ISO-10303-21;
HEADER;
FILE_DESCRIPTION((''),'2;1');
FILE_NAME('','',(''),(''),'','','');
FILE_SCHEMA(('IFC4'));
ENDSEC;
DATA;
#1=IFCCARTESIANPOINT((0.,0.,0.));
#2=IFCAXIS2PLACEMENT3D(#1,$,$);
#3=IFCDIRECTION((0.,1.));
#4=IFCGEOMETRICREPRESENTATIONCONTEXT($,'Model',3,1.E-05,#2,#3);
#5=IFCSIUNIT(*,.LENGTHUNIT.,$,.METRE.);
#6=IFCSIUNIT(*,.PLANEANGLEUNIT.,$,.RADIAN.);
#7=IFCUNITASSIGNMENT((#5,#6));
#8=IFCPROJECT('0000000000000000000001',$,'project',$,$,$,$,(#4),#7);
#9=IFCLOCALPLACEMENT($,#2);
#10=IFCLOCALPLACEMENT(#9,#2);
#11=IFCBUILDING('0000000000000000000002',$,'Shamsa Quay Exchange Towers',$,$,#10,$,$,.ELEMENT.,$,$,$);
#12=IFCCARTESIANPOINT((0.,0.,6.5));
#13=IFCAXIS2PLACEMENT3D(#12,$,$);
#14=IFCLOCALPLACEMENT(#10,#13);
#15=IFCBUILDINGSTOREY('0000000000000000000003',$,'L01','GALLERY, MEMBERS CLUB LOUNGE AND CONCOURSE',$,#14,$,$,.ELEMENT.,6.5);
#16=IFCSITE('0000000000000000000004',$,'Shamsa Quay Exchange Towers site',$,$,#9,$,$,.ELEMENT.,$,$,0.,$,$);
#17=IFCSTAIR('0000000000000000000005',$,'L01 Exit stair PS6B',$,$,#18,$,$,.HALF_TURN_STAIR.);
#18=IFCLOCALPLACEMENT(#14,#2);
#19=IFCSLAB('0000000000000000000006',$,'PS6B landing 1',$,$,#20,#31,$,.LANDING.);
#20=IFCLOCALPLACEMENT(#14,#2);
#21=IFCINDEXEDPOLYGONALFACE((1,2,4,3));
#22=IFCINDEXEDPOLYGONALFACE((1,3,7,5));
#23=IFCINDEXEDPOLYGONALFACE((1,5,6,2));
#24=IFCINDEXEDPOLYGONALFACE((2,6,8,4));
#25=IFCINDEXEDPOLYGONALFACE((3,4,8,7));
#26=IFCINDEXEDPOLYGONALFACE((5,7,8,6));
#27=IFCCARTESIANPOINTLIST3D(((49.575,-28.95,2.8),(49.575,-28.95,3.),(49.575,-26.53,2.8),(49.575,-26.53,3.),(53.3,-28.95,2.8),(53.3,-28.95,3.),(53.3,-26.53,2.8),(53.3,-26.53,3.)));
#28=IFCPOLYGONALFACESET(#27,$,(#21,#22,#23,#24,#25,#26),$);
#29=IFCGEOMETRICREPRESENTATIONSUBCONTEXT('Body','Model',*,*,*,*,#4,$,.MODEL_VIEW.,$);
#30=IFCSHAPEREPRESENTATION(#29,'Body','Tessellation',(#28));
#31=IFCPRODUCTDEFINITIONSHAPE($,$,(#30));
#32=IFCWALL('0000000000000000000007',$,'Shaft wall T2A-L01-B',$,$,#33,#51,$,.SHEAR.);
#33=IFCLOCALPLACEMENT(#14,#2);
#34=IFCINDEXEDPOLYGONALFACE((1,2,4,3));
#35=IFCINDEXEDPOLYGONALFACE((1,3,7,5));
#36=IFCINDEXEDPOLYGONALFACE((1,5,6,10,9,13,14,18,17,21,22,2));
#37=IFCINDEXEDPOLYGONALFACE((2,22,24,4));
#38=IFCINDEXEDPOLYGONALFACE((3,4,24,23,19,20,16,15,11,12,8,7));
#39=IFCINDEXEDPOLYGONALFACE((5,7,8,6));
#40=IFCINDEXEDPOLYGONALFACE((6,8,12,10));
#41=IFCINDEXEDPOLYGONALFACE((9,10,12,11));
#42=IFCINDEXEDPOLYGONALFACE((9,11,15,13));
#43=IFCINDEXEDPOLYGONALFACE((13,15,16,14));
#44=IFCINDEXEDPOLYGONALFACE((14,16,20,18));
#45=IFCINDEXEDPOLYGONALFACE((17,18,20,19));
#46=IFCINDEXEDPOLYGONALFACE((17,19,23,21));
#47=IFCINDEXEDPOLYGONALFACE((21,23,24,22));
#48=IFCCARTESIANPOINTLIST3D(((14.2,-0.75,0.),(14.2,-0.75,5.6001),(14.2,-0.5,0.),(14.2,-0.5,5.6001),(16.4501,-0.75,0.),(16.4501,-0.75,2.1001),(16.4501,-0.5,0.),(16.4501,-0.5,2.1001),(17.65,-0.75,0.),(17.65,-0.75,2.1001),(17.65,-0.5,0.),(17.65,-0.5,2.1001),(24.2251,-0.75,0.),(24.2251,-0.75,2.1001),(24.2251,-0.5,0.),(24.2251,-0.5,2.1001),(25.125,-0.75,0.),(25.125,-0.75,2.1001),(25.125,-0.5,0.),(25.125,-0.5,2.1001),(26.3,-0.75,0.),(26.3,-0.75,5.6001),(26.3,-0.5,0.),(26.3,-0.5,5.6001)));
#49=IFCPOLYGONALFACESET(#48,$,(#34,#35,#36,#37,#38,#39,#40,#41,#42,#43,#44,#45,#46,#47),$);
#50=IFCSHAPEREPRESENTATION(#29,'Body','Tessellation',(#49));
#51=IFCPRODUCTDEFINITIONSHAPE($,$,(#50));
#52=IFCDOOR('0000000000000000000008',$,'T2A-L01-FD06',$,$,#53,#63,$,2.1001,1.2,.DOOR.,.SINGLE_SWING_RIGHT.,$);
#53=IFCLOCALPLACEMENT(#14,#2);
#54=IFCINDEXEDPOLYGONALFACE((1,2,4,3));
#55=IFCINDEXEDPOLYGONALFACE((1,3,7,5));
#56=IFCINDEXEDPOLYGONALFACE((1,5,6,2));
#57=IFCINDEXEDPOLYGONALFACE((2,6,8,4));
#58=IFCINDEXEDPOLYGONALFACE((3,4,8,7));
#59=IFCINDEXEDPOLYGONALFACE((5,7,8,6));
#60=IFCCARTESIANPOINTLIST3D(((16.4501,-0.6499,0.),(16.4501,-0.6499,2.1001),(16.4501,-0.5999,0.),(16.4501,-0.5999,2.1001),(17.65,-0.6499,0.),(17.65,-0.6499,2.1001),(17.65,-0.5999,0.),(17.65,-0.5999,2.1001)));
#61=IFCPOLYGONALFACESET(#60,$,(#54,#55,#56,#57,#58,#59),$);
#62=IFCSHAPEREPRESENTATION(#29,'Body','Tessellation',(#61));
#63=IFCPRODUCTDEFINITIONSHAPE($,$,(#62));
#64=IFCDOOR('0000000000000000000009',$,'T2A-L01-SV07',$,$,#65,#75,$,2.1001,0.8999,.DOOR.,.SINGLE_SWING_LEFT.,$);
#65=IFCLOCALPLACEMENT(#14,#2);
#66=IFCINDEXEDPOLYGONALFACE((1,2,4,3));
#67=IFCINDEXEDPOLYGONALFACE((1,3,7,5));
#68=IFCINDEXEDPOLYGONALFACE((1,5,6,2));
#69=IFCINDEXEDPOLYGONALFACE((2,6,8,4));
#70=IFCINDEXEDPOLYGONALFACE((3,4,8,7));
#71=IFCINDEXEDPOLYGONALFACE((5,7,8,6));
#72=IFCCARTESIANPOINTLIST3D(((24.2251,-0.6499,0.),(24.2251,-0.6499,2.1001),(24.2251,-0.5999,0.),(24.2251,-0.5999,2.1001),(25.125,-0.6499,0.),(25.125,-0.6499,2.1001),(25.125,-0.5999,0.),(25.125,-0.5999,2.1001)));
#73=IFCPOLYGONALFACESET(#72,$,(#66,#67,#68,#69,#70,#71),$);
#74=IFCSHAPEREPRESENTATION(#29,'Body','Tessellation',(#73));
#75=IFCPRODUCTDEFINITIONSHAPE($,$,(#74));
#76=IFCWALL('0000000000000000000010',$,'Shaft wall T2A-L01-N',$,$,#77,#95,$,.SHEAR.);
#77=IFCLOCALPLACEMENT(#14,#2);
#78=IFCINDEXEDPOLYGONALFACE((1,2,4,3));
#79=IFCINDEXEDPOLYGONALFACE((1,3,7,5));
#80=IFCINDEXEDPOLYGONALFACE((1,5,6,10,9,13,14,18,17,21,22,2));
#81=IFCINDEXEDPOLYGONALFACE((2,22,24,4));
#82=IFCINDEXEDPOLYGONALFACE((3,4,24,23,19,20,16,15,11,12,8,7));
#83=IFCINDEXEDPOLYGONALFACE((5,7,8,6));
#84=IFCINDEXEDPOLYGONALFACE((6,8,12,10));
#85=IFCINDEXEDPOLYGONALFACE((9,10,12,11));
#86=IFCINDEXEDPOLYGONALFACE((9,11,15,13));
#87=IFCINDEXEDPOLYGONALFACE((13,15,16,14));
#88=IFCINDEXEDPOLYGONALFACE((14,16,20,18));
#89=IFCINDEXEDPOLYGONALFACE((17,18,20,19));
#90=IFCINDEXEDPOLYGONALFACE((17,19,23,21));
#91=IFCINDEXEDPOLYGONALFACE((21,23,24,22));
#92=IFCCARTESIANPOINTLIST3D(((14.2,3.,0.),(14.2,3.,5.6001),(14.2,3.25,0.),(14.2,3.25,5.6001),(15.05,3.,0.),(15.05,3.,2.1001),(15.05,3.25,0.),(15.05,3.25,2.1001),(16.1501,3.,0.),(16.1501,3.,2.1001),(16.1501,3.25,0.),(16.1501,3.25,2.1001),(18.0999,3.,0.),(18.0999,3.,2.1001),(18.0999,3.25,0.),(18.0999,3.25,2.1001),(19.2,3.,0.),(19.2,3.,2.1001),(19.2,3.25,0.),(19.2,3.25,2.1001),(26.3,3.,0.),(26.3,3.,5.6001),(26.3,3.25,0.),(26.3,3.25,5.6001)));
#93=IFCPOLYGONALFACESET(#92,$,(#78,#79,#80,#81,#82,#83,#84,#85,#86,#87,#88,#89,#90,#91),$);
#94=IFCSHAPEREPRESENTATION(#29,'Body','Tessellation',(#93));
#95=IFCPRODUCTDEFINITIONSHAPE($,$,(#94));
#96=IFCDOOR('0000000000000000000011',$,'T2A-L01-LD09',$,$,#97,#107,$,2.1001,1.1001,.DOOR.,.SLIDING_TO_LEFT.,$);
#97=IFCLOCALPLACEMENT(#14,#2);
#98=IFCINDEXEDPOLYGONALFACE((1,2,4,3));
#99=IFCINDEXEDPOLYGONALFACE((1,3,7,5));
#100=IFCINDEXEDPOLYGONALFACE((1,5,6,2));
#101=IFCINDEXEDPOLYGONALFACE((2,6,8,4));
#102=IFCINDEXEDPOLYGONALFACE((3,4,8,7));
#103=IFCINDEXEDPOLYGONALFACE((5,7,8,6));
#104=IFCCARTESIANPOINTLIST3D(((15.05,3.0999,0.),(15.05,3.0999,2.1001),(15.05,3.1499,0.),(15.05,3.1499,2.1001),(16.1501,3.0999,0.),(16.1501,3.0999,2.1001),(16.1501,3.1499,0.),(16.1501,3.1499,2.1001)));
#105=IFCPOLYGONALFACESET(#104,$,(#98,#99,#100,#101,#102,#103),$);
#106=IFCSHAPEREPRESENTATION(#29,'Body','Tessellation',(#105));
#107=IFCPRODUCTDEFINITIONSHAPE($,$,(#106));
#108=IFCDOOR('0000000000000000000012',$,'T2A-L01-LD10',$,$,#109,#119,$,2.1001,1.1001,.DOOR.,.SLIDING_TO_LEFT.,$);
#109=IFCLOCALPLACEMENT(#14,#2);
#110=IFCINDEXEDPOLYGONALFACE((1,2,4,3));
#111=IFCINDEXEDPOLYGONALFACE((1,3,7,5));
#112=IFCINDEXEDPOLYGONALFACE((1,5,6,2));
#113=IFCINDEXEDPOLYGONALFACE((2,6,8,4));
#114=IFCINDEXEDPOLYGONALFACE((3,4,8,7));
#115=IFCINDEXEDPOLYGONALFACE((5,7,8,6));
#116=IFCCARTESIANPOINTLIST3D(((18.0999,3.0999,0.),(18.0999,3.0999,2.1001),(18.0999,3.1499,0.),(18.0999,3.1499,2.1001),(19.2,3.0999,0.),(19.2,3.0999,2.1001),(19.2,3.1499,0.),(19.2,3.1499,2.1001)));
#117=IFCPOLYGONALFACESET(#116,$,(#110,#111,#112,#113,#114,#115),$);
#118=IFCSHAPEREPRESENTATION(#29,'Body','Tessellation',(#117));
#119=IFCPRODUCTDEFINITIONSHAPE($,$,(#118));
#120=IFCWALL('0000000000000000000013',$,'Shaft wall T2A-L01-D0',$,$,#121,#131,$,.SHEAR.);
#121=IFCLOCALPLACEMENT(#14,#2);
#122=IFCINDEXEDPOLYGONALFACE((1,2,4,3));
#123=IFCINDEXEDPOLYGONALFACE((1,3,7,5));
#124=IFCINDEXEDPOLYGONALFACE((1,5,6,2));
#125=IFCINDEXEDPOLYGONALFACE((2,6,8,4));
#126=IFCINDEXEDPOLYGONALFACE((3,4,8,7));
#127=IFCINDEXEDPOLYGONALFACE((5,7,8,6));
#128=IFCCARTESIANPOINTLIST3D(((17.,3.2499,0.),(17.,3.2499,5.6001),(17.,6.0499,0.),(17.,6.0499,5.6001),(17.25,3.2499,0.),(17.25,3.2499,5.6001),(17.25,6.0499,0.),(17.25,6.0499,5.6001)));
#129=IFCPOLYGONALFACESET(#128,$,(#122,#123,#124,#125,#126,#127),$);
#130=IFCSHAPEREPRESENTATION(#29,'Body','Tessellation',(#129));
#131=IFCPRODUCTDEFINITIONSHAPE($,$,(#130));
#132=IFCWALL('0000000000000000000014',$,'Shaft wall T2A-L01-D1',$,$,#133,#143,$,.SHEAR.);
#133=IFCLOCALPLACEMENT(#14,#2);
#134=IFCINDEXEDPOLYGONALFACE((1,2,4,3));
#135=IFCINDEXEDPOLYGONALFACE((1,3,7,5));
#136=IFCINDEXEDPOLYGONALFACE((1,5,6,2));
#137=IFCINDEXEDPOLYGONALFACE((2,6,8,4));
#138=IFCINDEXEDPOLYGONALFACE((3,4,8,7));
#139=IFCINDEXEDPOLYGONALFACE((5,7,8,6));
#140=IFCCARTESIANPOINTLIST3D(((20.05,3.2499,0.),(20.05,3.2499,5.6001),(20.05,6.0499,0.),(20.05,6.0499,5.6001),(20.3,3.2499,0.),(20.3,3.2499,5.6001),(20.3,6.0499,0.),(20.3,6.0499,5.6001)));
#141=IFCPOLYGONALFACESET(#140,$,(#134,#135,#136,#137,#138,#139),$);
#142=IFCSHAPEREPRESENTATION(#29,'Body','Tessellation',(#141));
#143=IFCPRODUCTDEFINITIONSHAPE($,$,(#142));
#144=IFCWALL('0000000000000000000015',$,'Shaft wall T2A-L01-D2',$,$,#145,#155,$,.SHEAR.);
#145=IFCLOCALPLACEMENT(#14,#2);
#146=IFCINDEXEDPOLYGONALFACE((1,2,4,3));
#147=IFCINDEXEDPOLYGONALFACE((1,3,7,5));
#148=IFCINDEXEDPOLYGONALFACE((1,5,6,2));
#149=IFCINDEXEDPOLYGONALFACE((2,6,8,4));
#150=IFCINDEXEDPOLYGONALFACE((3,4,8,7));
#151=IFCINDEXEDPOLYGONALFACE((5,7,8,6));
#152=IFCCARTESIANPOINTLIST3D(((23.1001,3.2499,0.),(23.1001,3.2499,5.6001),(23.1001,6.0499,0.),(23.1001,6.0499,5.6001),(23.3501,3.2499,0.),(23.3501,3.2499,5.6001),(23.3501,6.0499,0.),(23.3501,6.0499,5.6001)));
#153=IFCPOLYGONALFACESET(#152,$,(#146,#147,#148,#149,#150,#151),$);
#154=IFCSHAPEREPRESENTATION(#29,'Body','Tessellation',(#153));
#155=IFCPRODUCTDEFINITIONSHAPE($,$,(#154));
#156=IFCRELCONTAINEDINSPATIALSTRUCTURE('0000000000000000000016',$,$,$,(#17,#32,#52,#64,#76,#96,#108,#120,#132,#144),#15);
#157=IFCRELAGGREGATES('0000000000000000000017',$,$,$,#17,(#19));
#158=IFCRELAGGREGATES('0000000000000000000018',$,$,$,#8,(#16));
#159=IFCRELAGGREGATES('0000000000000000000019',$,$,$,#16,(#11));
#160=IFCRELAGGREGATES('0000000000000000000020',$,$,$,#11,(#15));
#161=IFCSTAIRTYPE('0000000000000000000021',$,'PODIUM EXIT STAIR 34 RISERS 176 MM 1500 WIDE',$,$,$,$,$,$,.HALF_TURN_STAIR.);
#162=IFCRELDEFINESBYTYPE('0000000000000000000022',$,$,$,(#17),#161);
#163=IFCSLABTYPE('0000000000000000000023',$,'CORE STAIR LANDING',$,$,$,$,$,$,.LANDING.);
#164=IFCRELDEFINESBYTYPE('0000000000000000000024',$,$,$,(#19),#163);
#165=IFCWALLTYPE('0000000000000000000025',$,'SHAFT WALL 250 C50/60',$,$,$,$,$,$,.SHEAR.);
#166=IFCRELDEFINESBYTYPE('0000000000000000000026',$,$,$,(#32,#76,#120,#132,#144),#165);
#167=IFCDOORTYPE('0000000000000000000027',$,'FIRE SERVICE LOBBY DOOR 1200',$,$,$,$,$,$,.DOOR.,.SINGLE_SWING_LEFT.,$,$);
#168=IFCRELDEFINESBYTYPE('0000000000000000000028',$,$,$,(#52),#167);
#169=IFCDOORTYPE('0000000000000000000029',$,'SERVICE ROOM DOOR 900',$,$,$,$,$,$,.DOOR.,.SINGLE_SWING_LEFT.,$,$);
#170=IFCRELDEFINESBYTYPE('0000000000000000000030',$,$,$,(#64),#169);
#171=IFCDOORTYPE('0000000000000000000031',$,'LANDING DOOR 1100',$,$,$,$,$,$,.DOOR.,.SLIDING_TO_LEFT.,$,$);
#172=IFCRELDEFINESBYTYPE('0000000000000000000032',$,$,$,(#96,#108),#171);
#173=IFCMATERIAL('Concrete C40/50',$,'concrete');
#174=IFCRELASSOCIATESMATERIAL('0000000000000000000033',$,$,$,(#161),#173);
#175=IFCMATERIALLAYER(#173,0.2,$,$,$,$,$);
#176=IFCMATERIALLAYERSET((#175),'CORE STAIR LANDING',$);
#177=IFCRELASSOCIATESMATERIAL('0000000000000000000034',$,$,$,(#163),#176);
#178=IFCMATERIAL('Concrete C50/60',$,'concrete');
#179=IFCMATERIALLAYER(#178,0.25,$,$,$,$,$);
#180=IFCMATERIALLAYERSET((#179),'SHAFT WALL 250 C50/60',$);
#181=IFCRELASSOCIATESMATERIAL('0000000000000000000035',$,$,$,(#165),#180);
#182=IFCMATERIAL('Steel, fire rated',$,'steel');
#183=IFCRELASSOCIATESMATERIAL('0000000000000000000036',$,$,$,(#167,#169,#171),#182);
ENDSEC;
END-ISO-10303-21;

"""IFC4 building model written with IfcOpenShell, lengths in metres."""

from ifc_helpers import new_model, si_unit, direction, frame, frame_2d, origin, place, context, subcontext, project, spatial, polyline, rectangle, outline, extrude, material, layer, layer_set, type_object, element, fill, aggregate, save


model = new_model("IFC4")

# Units and contexts
model_context = context("Model", 3, precision=1e-05, world=origin(), true_north=direction((0.0, 1.0)))
body_context = subcontext(model_context, "Body", "Model", "MODEL_VIEW")
ifc_project = project(units=[si_unit("LENGTHUNIT", "METRE"), si_unit("PLANEANGLEUNIT", "RADIAN")], contexts=[model_context])

# Site, building, storey
site_placement = place(None, origin())
site = spatial("IfcSite", under=ifc_project, at=site_placement, Name="Shamsa Quay Exchange Towers site", CompositionType="ELEMENT", RefElevation=0.0)
building_placement = place(site_placement, origin())
building = spatial("IfcBuilding", under=site, at=building_placement, Name="Shamsa Quay Exchange Towers", CompositionType="ELEMENT")
storey_placement = place(building_placement, frame((0.0, 0.0, 6.5)))
storey = spatial("IfcBuildingStorey", under=building, at=storey_placement, Name="L01", Description="GALLERY, MEMBERS CLUB LOUNGE AND CONCOURSE", CompositionType="ELEMENT", Elevation=6.5)

# Shared definitions
ifc_material_1 = material(Name="Concrete C50/60", Category="concrete")

# Stair, slab
ifc_material_2 = material(Name="Concrete C40/50", Category="concrete")
stair_type = type_object("IfcStairType", Name="PODIUM EXIT STAIR 34 RISERS 176 MM 1500 WIDE", PredefinedType="HALF_TURN_STAIR", material=ifc_material_2)
ifc_layer_1 = layer(ifc_material_2, 0.2)
ifc_layer_set_1 = layer_set([ifc_layer_1], Name="CORE STAIR LANDING")
slab_type_1 = type_object("IfcSlabType", Name="CORE STAIR LANDING", PredefinedType="LANDING", material=ifc_layer_set_1)
stair_1_placement = place(storey_placement, origin())
stair_1 = element("IfcStair", 1, at=stair_1_placement, inside=storey, type_object=stair_type, Name="L01 Exit stair PS6B", PredefinedType="HALF_TURN_STAIR")
slab_1_placement = place(storey_placement, frame((0.0, 0.0, 2.8)))
slab_1 = element("IfcSlab", 2, at=slab_1_placement, type_object=slab_type_1, Name="PS6B landing 1", PredefinedType="LANDING", context=body_context, shape_type="SweptSolid", body=[
    extrude(outline(polyline([(49.575, -26.53), (49.575, -28.95), (53.3, -28.95), (53.3, -26.53), (49.575, -26.53)])), origin(), (0.0, 0.0, 1.0), 0.2),
])
aggregate(stair_1, [slab_1])

# Walls, openings, doors
ifc_layer_2 = layer(ifc_material_1, 0.25)
ifc_layer_set_2 = layer_set([ifc_layer_2], Name="SHAFT WALL 250 C50/60")
wall_type = type_object("IfcWallType", Name="SHAFT WALL 250 C50/60", PredefinedType="SHEAR", material=ifc_layer_set_2)
wall_1_placement = place(storey_placement, frame((26.3, -0.625, 0.0), z_axis=(0.0, 0.0, 1.0), x_axis=(-1.0, 0.0, 0.0)))
wall_1 = element("IfcWall", 3, at=wall_1_placement, inside=storey, type_object=wall_type, Name="Shaft wall T2A-L01-B", PredefinedType="SHEAR", context=body_context, shape_type="SweptSolid", body=[
    extrude(rectangle(XDim=12.1001, YDim=0.25, at=frame_2d((6.05, 0.0))), origin(), (0.0, 0.0, 1.0), 5.6001),
])
opening_1_placement = place(wall_1_placement, frame((8.6499, 0.0, 0.0)))
opening_1 = element("IfcOpeningElement", 4, at=opening_1_placement, cuts=wall_1, PredefinedType="OPENING", context=body_context, shape_type="SweptSolid", body=[
    extrude(rectangle(XDim=1.2, YDim=2.1001, at=frame_2d((0.6001, 1.05))), frame((0.0, 0.135, 0.0), z_axis=(0.0, -1.0, 0.0), x_axis=(1.0, 0.0, 0.0)), (0.0, 0.0, 1.0), 0.27),
])
opening_2_placement = place(wall_1_placement, frame((1.175, 0.0, 0.0)))
opening_2 = element("IfcOpeningElement", 5, at=opening_2_placement, cuts=wall_1, PredefinedType="OPENING", context=body_context, shape_type="SweptSolid", body=[
    extrude(rectangle(XDim=0.8999, YDim=2.1001, at=frame_2d((0.45, 1.05))), frame((0.0, 0.135, 0.0), z_axis=(0.0, -1.0, 0.0), x_axis=(1.0, 0.0, 0.0)), (0.0, 0.0, 1.0), 0.27),
])
ifc_material_3 = material(Name="Steel, fire rated", Category="steel")
door_type_1 = type_object("IfcDoorType", Name="FIRE SERVICE LOBBY DOOR 1200", OperationType="SINGLE_SWING_LEFT", PredefinedType="DOOR", material=ifc_material_3)
door_1_placement = place(opening_1_placement, origin())
door_1 = element("IfcDoor", 6, at=door_1_placement, inside=storey, type_object=door_type_1, Name="T2A-L01-FD06", OperationType="SINGLE_SWING_RIGHT", OverallHeight=2.1001, OverallWidth=1.2, PredefinedType="DOOR", context=body_context, shape_type="SweptSolid", body=[
    extrude(rectangle(XDim=1.2, YDim=2.1001, at=frame_2d((0.6001, 1.05))), frame((0.0, 0.0249, 0.0), z_axis=(0.0, -1.0, 0.0), x_axis=(1.0, 0.0, 0.0)), (0.0, 0.0, 1.0), 0.05),
])
fill(opening_1, door_1)
door_type_2 = type_object("IfcDoorType", Name="SERVICE ROOM DOOR 900", OperationType="SINGLE_SWING_LEFT", PredefinedType="DOOR", material=ifc_material_3)
door_2_placement = place(opening_2_placement, origin())
door_2 = element("IfcDoor", 7, at=door_2_placement, inside=storey, type_object=door_type_2, Name="T2A-L01-SV07", OperationType="SINGLE_SWING_LEFT", OverallHeight=2.1001, OverallWidth=0.8999, PredefinedType="DOOR", context=body_context, shape_type="SweptSolid", body=[
    extrude(rectangle(XDim=0.8999, YDim=2.1001, at=frame_2d((0.45, 1.05))), frame((0.0, 0.0249, 0.0), z_axis=(0.0, -1.0, 0.0), x_axis=(1.0, 0.0, 0.0)), (0.0, 0.0, 1.0), 0.05),
])
fill(opening_2, door_2)
wall_2_placement = place(storey_placement, frame((14.2, 3.125, 0.0)))
wall_2 = element("IfcWall", 8, at=wall_2_placement, inside=storey, type_object=wall_type, Name="Shaft wall T2A-L01-N", PredefinedType="SHEAR", context=body_context, shape_type="SweptSolid", body=[
    extrude(rectangle(XDim=12.1001, YDim=0.25, at=frame_2d((6.05, 0.0))), origin(), (0.0, 0.0, 1.0), 5.6001),
])
opening_3_placement = place(wall_2_placement, frame((0.8501, 0.0, 0.0)))
opening_3 = element("IfcOpeningElement", 9, at=opening_3_placement, cuts=wall_2, PredefinedType="OPENING", context=body_context, shape_type="SweptSolid", body=[
    extrude(rectangle(XDim=1.1001, YDim=2.1001, at=frame_2d((0.55, 1.05))), frame((0.0, 0.135, 0.0), z_axis=(0.0, -1.0, 0.0), x_axis=(1.0, 0.0, 0.0)), (0.0, 0.0, 1.0), 0.27),
])
opening_4_placement = place(wall_2_placement, frame((3.8999, 0.0, 0.0)))
opening_4 = element("IfcOpeningElement", 10, at=opening_4_placement, cuts=wall_2, PredefinedType="OPENING", context=body_context, shape_type="SweptSolid", body=[
    extrude(rectangle(XDim=1.1001, YDim=2.1001, at=frame_2d((0.55, 1.05))), frame((0.0, 0.135, 0.0), z_axis=(0.0, -1.0, 0.0), x_axis=(1.0, 0.0, 0.0)), (0.0, 0.0, 1.0), 0.27),
])
door_type_3 = type_object("IfcDoorType", Name="LANDING DOOR 1100", OperationType="SLIDING_TO_LEFT", PredefinedType="DOOR", material=ifc_material_3)
door_3_placement = place(opening_3_placement, origin())
door_3 = element("IfcDoor", 11, at=door_3_placement, inside=storey, type_object=door_type_3, Name="T2A-L01-LD09", OperationType="SLIDING_TO_LEFT", OverallHeight=2.1001, OverallWidth=1.1001, PredefinedType="DOOR", context=body_context, shape_type="SweptSolid", body=[
    extrude(rectangle(XDim=1.1001, YDim=2.1001, at=frame_2d((0.55, 1.05))), frame((0.0, 0.0249, 0.0), z_axis=(0.0, -1.0, 0.0), x_axis=(1.0, 0.0, 0.0)), (0.0, 0.0, 1.0), 0.05),
])
fill(opening_3, door_3)
door_4_placement = place(opening_4_placement, origin())
door_4 = element("IfcDoor", 12, at=door_4_placement, inside=storey, type_object=door_type_3, Name="T2A-L01-LD10", OperationType="SLIDING_TO_LEFT", OverallHeight=2.1001, OverallWidth=1.1001, PredefinedType="DOOR", context=body_context, shape_type="SweptSolid", body=[
    extrude(rectangle(XDim=1.1001, YDim=2.1001, at=frame_2d((0.55, 1.05))), frame((0.0, 0.0249, 0.0), z_axis=(0.0, -1.0, 0.0), x_axis=(1.0, 0.0, 0.0)), (0.0, 0.0, 1.0), 0.05),
])
fill(opening_4, door_4)

# Walls
for number, where, z_axis, x_axis, name in (
    (13, (17.125, 3.25, 0.0), (0.0, 0.0, 1.0), (0.0, 1.0, 0.0), "Shaft wall T2A-L01-D0"),
    (14, (20.175, 3.25, 0.0), (0.0, 0.0, 1.0), (0.0, 1.0, 0.0), "Shaft wall T2A-L01-D1"),
    (15, (23.2251, 3.25, 0.0), (0.0, 0.0, 1.0), (0.0, 1.0, 0.0), "Shaft wall T2A-L01-D2"),
):
    element("IfcWall", number, at=place(storey_placement, frame(where, z_axis=z_axis, x_axis=x_axis)), inside=storey, type_object=wall_type, Name=name, PredefinedType="SHEAR", context=body_context, shape_type="SweptSolid", body=[
        extrude(rectangle(XDim=2.8, YDim=0.25, at=frame_2d((1.3999, 0.0))), origin(), (0.0, 0.0, 1.0), 5.6001),
    ])

save(model, "model.ifc")
